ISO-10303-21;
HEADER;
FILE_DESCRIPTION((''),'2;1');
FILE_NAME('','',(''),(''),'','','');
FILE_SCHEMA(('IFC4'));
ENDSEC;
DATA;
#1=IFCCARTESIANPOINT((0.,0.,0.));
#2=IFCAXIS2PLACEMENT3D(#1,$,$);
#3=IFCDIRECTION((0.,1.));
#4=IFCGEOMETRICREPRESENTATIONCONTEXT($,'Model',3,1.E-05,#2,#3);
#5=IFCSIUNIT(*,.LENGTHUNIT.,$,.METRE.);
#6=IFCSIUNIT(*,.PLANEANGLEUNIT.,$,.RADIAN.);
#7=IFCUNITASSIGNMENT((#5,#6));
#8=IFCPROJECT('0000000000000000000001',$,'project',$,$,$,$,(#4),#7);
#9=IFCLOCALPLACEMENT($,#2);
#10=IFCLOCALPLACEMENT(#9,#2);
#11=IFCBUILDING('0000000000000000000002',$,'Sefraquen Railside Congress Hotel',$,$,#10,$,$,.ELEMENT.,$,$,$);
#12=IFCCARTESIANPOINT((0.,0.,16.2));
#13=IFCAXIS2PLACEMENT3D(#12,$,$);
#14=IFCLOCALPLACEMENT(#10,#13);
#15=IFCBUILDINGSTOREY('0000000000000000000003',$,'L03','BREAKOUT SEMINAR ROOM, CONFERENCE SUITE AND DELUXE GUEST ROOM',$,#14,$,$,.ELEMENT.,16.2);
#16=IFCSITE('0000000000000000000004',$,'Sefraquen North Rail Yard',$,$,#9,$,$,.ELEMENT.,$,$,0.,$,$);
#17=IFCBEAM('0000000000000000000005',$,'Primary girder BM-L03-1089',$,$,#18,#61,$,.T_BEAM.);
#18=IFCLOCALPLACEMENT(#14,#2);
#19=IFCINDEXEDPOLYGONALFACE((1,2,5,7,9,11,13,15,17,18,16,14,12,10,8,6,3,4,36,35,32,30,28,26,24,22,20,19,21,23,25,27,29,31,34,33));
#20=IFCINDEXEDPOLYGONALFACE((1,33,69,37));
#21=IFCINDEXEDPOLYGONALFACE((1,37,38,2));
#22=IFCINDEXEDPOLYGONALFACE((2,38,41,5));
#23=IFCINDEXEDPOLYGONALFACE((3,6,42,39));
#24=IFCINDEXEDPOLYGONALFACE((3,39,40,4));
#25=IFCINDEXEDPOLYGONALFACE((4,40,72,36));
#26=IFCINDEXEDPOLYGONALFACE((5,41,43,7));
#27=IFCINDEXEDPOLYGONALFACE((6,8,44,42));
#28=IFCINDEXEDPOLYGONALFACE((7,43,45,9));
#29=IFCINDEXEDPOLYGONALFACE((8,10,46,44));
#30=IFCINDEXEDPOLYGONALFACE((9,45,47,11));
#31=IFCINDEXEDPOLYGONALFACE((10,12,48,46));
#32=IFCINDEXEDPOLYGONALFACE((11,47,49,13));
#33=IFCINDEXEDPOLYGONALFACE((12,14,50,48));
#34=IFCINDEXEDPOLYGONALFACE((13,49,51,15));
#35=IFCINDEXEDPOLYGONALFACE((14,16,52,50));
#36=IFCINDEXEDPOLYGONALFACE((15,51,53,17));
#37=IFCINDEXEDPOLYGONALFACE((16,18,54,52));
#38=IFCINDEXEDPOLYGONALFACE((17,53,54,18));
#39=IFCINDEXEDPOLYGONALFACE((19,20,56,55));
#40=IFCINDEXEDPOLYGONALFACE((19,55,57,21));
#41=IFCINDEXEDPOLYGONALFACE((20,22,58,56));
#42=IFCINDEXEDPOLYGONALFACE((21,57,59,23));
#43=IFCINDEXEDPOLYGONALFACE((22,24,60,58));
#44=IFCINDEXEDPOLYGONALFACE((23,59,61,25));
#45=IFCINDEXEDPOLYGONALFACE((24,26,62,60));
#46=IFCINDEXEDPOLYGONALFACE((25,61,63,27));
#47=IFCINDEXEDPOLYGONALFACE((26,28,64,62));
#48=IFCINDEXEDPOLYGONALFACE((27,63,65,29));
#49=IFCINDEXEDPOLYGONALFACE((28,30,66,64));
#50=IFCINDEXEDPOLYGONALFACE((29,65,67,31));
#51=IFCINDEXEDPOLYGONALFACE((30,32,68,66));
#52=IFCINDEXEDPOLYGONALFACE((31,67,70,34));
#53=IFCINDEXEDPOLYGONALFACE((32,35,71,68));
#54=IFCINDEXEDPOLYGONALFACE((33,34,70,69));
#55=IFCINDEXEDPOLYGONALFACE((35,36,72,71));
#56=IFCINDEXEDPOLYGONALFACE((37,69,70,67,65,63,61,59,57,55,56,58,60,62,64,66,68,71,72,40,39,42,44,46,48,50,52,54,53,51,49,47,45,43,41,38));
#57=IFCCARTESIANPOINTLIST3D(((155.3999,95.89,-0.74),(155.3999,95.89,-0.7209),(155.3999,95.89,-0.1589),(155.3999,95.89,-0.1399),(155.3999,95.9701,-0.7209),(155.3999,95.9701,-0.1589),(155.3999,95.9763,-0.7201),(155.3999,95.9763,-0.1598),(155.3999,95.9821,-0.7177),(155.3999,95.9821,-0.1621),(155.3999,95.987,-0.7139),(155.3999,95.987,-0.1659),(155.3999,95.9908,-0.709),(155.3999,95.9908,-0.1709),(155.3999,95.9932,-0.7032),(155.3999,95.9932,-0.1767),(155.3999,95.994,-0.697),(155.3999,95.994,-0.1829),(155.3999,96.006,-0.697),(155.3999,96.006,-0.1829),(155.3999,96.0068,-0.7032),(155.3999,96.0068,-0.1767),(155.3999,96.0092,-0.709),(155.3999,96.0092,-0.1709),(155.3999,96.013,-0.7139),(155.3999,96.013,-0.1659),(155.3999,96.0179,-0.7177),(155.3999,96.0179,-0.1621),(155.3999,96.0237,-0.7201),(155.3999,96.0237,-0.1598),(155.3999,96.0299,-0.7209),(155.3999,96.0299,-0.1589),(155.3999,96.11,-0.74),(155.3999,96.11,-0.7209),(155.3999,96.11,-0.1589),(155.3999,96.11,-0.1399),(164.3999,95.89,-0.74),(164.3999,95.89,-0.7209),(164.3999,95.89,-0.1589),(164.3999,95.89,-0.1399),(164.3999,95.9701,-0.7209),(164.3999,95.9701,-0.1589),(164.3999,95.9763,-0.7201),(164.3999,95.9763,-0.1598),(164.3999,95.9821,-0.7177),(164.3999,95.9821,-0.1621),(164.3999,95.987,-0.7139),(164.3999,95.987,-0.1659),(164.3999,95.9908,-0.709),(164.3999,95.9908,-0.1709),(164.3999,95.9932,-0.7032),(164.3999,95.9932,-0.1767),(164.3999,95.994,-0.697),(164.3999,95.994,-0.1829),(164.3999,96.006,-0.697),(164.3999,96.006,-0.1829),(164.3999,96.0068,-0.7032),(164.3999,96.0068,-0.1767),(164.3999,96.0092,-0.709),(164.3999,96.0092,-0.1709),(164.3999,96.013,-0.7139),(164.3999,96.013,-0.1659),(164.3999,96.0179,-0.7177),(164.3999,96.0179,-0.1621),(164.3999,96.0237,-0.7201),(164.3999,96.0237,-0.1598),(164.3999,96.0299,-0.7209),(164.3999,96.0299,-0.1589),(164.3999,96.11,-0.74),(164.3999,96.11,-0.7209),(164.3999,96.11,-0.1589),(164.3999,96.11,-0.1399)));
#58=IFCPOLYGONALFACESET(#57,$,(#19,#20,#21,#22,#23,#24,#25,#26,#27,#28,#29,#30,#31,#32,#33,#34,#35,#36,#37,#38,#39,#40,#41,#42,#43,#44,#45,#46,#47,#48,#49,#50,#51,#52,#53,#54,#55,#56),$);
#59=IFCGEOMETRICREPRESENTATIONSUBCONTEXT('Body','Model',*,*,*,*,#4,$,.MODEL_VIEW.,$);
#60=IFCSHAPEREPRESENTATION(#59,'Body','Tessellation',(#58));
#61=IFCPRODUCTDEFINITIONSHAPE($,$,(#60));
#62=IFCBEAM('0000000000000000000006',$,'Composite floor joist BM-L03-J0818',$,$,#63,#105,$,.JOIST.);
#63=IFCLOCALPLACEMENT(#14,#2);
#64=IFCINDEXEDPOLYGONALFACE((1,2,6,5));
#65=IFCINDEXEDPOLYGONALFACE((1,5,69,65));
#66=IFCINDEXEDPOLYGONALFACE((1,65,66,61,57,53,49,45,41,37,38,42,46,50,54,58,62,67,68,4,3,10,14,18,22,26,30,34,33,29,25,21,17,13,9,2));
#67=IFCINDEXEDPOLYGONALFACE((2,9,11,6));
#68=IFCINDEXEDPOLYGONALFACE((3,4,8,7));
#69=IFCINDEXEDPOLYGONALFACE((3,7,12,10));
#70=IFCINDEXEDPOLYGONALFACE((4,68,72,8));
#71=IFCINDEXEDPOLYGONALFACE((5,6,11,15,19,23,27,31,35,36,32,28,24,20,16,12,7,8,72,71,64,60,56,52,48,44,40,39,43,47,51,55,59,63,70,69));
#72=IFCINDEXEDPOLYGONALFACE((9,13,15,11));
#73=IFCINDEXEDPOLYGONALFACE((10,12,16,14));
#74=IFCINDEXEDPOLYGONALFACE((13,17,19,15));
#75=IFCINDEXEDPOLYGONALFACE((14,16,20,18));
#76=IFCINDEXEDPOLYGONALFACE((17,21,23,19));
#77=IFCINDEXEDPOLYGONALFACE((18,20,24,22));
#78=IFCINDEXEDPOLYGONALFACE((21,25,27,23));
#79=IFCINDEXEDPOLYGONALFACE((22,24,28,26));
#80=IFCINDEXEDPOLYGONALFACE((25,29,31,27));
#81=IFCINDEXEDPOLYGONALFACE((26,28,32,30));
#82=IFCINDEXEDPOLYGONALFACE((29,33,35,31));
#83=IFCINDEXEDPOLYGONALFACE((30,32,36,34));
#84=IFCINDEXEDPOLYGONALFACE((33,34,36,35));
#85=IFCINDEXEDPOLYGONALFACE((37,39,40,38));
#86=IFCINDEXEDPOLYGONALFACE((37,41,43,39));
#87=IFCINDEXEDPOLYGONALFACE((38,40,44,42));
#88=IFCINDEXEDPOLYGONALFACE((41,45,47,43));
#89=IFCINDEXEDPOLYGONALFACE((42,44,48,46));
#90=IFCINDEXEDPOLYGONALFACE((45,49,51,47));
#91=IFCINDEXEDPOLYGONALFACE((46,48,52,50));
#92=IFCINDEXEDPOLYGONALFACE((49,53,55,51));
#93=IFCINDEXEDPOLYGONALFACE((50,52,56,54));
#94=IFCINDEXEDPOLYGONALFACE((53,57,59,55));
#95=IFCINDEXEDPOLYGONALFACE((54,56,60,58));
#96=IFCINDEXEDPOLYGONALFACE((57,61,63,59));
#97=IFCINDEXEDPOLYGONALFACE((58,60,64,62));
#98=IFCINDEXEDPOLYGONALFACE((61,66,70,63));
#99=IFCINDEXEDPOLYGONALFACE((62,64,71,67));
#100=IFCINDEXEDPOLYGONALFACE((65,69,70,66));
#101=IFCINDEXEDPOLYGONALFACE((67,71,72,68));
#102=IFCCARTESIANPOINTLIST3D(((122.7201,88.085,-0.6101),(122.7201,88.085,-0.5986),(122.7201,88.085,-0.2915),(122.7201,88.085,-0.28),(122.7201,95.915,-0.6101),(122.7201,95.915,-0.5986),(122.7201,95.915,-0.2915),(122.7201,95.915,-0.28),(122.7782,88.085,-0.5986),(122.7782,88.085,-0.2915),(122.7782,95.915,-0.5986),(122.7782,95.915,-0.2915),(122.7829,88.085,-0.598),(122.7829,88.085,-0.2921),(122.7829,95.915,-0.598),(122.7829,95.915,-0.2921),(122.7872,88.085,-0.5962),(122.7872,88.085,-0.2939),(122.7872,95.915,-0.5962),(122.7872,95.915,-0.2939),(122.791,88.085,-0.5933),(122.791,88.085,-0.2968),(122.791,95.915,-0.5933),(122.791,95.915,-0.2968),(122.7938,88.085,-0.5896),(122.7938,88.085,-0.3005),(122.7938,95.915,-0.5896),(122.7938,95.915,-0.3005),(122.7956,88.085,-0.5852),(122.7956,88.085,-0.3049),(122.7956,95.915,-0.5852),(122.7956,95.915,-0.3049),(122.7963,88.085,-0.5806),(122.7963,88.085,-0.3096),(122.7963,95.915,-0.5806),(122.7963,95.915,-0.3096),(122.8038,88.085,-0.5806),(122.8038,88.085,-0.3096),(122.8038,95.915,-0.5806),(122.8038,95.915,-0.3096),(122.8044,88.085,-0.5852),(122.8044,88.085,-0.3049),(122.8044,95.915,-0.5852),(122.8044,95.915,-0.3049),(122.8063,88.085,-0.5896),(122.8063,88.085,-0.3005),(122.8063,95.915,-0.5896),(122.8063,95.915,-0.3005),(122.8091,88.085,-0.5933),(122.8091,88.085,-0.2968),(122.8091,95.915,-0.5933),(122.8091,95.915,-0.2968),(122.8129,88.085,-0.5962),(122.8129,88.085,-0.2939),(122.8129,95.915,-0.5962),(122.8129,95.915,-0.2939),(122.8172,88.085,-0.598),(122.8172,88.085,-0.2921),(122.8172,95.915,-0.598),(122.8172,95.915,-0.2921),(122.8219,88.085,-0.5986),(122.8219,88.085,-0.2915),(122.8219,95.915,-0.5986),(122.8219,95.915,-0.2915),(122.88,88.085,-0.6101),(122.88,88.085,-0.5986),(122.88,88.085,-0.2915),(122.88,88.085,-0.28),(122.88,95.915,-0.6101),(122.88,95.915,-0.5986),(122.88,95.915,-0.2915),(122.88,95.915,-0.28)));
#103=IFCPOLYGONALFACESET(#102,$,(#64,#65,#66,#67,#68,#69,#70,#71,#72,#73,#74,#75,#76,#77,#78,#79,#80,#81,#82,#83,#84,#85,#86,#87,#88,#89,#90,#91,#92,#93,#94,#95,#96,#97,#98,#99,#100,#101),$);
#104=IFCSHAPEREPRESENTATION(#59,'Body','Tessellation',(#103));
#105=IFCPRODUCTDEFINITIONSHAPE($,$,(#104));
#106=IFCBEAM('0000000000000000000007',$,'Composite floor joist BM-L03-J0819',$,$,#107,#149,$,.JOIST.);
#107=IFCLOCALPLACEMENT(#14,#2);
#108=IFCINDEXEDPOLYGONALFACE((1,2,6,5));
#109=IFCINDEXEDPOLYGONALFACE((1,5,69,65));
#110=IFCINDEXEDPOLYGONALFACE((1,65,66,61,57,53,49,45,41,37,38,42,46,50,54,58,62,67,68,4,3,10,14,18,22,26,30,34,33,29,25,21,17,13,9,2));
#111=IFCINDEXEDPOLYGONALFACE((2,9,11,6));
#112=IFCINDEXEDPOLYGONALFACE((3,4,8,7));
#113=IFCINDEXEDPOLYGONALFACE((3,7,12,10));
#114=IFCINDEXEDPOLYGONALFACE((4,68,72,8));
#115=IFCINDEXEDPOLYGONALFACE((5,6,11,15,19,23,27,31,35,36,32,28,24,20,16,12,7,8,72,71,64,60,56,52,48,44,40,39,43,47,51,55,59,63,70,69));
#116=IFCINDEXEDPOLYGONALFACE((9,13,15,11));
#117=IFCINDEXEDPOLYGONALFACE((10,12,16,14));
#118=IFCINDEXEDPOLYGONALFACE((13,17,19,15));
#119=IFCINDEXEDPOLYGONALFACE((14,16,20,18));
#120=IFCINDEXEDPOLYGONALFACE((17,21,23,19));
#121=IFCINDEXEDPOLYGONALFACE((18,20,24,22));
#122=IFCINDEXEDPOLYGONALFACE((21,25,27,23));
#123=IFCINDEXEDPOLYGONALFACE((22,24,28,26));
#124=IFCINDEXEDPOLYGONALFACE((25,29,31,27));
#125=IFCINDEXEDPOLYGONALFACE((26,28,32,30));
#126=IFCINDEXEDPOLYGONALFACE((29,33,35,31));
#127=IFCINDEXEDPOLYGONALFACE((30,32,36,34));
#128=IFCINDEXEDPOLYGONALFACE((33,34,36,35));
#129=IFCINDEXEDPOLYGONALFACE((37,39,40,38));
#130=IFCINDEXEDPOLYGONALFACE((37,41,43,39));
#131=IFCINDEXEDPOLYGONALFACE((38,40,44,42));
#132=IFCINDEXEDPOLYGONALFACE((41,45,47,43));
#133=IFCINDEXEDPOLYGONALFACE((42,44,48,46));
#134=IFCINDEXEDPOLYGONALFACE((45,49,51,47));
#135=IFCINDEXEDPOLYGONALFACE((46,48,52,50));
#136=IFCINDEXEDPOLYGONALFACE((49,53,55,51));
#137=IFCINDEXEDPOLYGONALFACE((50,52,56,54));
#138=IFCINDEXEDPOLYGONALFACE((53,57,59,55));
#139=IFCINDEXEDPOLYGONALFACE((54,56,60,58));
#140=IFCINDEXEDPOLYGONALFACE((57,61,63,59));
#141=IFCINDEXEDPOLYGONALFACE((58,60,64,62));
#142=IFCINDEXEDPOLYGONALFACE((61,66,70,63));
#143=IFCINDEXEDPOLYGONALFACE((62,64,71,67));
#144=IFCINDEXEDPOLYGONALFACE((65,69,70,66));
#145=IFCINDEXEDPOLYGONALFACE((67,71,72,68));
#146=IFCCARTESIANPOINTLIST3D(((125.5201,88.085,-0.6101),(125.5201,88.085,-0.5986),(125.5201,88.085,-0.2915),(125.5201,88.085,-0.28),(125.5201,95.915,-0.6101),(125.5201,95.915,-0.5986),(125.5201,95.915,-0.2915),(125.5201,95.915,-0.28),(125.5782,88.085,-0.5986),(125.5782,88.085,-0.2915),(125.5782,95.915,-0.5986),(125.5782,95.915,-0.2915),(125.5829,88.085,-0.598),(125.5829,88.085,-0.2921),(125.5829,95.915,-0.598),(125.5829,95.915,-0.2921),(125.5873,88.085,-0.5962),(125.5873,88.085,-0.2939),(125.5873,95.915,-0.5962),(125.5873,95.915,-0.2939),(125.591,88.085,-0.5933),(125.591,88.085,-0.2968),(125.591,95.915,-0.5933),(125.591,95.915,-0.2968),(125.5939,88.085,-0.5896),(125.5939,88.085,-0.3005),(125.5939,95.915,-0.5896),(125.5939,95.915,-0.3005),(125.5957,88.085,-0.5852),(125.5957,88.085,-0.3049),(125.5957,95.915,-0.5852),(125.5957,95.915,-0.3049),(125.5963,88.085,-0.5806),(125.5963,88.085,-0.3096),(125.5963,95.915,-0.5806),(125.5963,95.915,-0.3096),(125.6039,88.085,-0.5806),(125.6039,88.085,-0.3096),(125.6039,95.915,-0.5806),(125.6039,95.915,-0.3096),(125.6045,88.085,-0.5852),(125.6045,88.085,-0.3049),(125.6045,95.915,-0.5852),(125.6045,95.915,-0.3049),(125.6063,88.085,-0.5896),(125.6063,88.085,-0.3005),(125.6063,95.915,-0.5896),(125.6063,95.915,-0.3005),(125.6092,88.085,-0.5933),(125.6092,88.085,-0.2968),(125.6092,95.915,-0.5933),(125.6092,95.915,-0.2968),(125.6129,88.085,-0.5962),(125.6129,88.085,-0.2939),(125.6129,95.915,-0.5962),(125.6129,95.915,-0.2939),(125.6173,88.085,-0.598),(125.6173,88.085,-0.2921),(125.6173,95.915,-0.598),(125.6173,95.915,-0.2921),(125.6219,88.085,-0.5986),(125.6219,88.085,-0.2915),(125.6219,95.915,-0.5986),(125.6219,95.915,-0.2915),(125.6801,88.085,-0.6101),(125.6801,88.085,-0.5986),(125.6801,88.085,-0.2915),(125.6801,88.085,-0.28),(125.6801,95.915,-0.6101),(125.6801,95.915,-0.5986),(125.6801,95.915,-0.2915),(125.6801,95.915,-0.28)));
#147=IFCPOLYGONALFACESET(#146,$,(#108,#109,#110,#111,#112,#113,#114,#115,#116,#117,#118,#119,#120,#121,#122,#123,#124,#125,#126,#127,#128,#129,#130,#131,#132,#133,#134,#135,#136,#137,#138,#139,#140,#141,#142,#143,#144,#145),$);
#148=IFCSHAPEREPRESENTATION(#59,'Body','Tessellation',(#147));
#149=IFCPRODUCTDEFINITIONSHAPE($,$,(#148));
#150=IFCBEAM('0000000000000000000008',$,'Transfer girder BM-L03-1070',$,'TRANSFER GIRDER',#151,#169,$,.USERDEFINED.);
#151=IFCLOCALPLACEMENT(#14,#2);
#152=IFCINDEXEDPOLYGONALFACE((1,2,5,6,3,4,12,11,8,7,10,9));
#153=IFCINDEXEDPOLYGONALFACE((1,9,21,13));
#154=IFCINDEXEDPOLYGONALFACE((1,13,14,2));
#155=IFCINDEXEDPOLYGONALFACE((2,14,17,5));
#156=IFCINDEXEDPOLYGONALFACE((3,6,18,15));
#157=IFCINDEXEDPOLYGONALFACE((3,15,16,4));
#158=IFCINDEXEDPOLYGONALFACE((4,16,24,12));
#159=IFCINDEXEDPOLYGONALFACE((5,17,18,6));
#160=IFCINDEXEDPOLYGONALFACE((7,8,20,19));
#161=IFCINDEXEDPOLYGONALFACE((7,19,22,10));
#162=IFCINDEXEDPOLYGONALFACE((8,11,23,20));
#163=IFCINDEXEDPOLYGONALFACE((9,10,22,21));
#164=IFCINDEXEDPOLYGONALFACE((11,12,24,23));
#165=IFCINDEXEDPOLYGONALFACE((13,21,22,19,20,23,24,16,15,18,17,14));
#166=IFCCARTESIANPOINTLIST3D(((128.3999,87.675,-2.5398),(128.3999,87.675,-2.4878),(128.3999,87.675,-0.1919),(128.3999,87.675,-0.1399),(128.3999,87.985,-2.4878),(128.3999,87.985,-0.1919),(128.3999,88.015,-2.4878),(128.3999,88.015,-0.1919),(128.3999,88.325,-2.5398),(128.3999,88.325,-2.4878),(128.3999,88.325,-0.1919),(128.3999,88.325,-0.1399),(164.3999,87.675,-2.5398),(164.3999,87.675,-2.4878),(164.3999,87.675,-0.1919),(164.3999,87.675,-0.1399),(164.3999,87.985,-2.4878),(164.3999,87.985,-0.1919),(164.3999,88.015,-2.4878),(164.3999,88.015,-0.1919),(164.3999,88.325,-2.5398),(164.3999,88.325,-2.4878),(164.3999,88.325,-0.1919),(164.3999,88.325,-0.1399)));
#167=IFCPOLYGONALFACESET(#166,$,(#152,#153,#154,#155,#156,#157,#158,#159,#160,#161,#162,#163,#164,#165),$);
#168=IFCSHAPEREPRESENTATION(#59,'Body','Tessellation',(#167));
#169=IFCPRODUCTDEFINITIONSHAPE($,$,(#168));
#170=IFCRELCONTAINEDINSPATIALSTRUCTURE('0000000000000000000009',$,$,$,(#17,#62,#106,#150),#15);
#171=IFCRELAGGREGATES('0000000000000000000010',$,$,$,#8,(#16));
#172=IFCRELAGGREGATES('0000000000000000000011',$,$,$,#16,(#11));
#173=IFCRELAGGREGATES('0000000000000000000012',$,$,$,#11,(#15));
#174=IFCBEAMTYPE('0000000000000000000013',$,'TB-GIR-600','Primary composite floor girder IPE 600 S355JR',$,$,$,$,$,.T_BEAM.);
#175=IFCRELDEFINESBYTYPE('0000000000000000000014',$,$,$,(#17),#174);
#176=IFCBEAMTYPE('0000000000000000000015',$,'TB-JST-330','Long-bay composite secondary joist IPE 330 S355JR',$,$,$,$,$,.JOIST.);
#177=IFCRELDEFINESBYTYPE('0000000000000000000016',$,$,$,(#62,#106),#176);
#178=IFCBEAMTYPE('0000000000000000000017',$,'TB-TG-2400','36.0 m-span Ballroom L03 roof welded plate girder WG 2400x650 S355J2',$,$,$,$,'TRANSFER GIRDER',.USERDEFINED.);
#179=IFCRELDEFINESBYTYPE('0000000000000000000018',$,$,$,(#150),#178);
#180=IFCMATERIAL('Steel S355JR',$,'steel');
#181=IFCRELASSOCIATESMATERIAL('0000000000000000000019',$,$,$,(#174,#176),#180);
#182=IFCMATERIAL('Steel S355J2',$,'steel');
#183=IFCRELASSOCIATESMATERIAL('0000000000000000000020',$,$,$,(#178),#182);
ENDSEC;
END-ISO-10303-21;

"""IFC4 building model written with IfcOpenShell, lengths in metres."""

from ifc_helpers import new_model, si_unit, direction, frame, origin, origin_2d, place, context, subcontext, project, spatial, i_section, extrude, material, material_profile, profile_set, type_object, element, save


model = new_model("IFC4")

# Units and contexts
model_context = context("Model", 3, precision=1e-05, world=origin(), true_north=direction((0.0, 1.0)))
body_context = subcontext(model_context, "Body", "Model", "MODEL_VIEW")
ifc_project = project(units=[si_unit("LENGTHUNIT", "METRE"), si_unit("PLANEANGLEUNIT", "RADIAN")], contexts=[model_context])

# Site, building, storey
site_placement = place(None, origin())
site = spatial("IfcSite", under=ifc_project, at=site_placement, Name="Sefraquen North Rail Yard", CompositionType="ELEMENT", RefElevation=0.0)
building_placement = place(site_placement, origin())
building = spatial("IfcBuilding", under=site, at=building_placement, Name="Sefraquen Railside Congress Hotel", CompositionType="ELEMENT")
storey_placement = place(building_placement, frame((0.0, 0.0, 16.2)))
storey = spatial("IfcBuildingStorey", under=building, at=storey_placement, Name="L03", Description="BREAKOUT SEMINAR ROOM, CONFERENCE SUITE AND DELUXE GUEST ROOM", CompositionType="ELEMENT", Elevation=16.2)

# Shared definitions
ifc_material_1 = material(Name="Steel S355JR", Category="steel")

# Beams
ifc_material_profile_1 = material_profile(ifc_material_1, i_section(OverallWidth=0.22, OverallDepth=0.6001, WebThickness=0.012, FlangeThickness=0.019, FilletRadius=0.0239, at=origin_2d()), Name="IPE 600")
ifc_profile_set_1 = profile_set([ifc_material_profile_1], Name="Steel S355JR")
beam_type_1 = type_object("IfcBeamType", Name="TB-GIR-600", Description="Primary composite floor girder IPE 600 S355JR", PredefinedType="T_BEAM", material=ifc_profile_set_1)
for number, where, z_axis, x_axis, name in (
    (1, (155.3999, 96.0, -0.4399), (1.0, 0.0, 0.0), (0.0, 1.0, 0.0), "Primary girder BM-L03-1089"),
):
    element("IfcBeam", number, at=place(storey_placement, frame(where, z_axis=z_axis, x_axis=x_axis)), inside=storey, type_object=beam_type_1, Name=name, PredefinedType="T_BEAM", context=body_context, shape_type="SweptSolid", body=[
        extrude(i_section(OverallWidth=0.22, OverallDepth=0.6001, WebThickness=0.012, FlangeThickness=0.019, FilletRadius=0.0239, at=origin_2d()), origin(), (0.0, 0.0, 1.0), 9.0),
    ])
ifc_material_profile_2 = material_profile(ifc_material_1, i_section(OverallWidth=0.1599, OverallDepth=0.3301, WebThickness=0.0076, FlangeThickness=0.0115, FilletRadius=0.0181, at=origin_2d()), Name="IPE 330")
ifc_profile_set_2 = profile_set([ifc_material_profile_2], Name="Steel S355JR")
beam_type_2 = type_object("IfcBeamType", Name="TB-JST-330", Description="Long-bay composite secondary joist IPE 330 S355JR", PredefinedType="JOIST", material=ifc_profile_set_2)
for number, where, z_axis, x_axis, name in (
    (2, (122.8, 88.085, -0.4451), (0.0, 1.0, 0.0), (-1.0, 0.0, 0.0), "Composite floor joist BM-L03-J0818"),
    (3, (125.6001, 88.085, -0.4451), (0.0, 1.0, 0.0), (-1.0, 0.0, 0.0), "Composite floor joist BM-L03-J0819"),
):
    element("IfcBeam", number, at=place(storey_placement, frame(where, z_axis=z_axis, x_axis=x_axis)), inside=storey, type_object=beam_type_2, Name=name, PredefinedType="JOIST", context=body_context, shape_type="SweptSolid", body=[
        extrude(i_section(OverallWidth=0.1599, OverallDepth=0.3301, WebThickness=0.0076, FlangeThickness=0.0115, FilletRadius=0.0181, at=origin_2d()), origin(), (0.0, 0.0, 1.0), 7.8301),
    ])
ifc_material_2 = material(Name="Steel S355J2", Category="steel")
ifc_material_profile_3 = material_profile(ifc_material_2, i_section(OverallWidth=0.6499, OverallDepth=2.3999, WebThickness=0.03, FlangeThickness=0.052, at=origin_2d()), Name="WG 2400x650")
ifc_profile_set_3 = profile_set([ifc_material_profile_3], Name="Steel S355J2")
beam_type_3 = type_object("IfcBeamType", Name="TB-TG-2400", Description="36.0 m-span Ballroom L03 roof welded plate girder WG 2400x650 S355J2", ElementType="TRANSFER GIRDER", PredefinedType="USERDEFINED", material=ifc_profile_set_3)
beam_1_placement = place(storey_placement, frame((128.3999, 88.0, -1.3398), z_axis=(1.0, 0.0, 0.0), x_axis=(0.0, 1.0, 0.0)))
element("IfcBeam", 4, at=beam_1_placement, inside=storey, type_object=beam_type_3, Name="Transfer girder BM-L03-1070", ObjectType="TRANSFER GIRDER", PredefinedType="USERDEFINED", context=body_context, shape_type="SweptSolid", body=[
    extrude(i_section(OverallWidth=0.6499, OverallDepth=2.3999, WebThickness=0.03, FlangeThickness=0.052, at=origin_2d()), origin(), (0.0, 0.0, 1.0), 36.0),
])

save(model, "model.ifc")
